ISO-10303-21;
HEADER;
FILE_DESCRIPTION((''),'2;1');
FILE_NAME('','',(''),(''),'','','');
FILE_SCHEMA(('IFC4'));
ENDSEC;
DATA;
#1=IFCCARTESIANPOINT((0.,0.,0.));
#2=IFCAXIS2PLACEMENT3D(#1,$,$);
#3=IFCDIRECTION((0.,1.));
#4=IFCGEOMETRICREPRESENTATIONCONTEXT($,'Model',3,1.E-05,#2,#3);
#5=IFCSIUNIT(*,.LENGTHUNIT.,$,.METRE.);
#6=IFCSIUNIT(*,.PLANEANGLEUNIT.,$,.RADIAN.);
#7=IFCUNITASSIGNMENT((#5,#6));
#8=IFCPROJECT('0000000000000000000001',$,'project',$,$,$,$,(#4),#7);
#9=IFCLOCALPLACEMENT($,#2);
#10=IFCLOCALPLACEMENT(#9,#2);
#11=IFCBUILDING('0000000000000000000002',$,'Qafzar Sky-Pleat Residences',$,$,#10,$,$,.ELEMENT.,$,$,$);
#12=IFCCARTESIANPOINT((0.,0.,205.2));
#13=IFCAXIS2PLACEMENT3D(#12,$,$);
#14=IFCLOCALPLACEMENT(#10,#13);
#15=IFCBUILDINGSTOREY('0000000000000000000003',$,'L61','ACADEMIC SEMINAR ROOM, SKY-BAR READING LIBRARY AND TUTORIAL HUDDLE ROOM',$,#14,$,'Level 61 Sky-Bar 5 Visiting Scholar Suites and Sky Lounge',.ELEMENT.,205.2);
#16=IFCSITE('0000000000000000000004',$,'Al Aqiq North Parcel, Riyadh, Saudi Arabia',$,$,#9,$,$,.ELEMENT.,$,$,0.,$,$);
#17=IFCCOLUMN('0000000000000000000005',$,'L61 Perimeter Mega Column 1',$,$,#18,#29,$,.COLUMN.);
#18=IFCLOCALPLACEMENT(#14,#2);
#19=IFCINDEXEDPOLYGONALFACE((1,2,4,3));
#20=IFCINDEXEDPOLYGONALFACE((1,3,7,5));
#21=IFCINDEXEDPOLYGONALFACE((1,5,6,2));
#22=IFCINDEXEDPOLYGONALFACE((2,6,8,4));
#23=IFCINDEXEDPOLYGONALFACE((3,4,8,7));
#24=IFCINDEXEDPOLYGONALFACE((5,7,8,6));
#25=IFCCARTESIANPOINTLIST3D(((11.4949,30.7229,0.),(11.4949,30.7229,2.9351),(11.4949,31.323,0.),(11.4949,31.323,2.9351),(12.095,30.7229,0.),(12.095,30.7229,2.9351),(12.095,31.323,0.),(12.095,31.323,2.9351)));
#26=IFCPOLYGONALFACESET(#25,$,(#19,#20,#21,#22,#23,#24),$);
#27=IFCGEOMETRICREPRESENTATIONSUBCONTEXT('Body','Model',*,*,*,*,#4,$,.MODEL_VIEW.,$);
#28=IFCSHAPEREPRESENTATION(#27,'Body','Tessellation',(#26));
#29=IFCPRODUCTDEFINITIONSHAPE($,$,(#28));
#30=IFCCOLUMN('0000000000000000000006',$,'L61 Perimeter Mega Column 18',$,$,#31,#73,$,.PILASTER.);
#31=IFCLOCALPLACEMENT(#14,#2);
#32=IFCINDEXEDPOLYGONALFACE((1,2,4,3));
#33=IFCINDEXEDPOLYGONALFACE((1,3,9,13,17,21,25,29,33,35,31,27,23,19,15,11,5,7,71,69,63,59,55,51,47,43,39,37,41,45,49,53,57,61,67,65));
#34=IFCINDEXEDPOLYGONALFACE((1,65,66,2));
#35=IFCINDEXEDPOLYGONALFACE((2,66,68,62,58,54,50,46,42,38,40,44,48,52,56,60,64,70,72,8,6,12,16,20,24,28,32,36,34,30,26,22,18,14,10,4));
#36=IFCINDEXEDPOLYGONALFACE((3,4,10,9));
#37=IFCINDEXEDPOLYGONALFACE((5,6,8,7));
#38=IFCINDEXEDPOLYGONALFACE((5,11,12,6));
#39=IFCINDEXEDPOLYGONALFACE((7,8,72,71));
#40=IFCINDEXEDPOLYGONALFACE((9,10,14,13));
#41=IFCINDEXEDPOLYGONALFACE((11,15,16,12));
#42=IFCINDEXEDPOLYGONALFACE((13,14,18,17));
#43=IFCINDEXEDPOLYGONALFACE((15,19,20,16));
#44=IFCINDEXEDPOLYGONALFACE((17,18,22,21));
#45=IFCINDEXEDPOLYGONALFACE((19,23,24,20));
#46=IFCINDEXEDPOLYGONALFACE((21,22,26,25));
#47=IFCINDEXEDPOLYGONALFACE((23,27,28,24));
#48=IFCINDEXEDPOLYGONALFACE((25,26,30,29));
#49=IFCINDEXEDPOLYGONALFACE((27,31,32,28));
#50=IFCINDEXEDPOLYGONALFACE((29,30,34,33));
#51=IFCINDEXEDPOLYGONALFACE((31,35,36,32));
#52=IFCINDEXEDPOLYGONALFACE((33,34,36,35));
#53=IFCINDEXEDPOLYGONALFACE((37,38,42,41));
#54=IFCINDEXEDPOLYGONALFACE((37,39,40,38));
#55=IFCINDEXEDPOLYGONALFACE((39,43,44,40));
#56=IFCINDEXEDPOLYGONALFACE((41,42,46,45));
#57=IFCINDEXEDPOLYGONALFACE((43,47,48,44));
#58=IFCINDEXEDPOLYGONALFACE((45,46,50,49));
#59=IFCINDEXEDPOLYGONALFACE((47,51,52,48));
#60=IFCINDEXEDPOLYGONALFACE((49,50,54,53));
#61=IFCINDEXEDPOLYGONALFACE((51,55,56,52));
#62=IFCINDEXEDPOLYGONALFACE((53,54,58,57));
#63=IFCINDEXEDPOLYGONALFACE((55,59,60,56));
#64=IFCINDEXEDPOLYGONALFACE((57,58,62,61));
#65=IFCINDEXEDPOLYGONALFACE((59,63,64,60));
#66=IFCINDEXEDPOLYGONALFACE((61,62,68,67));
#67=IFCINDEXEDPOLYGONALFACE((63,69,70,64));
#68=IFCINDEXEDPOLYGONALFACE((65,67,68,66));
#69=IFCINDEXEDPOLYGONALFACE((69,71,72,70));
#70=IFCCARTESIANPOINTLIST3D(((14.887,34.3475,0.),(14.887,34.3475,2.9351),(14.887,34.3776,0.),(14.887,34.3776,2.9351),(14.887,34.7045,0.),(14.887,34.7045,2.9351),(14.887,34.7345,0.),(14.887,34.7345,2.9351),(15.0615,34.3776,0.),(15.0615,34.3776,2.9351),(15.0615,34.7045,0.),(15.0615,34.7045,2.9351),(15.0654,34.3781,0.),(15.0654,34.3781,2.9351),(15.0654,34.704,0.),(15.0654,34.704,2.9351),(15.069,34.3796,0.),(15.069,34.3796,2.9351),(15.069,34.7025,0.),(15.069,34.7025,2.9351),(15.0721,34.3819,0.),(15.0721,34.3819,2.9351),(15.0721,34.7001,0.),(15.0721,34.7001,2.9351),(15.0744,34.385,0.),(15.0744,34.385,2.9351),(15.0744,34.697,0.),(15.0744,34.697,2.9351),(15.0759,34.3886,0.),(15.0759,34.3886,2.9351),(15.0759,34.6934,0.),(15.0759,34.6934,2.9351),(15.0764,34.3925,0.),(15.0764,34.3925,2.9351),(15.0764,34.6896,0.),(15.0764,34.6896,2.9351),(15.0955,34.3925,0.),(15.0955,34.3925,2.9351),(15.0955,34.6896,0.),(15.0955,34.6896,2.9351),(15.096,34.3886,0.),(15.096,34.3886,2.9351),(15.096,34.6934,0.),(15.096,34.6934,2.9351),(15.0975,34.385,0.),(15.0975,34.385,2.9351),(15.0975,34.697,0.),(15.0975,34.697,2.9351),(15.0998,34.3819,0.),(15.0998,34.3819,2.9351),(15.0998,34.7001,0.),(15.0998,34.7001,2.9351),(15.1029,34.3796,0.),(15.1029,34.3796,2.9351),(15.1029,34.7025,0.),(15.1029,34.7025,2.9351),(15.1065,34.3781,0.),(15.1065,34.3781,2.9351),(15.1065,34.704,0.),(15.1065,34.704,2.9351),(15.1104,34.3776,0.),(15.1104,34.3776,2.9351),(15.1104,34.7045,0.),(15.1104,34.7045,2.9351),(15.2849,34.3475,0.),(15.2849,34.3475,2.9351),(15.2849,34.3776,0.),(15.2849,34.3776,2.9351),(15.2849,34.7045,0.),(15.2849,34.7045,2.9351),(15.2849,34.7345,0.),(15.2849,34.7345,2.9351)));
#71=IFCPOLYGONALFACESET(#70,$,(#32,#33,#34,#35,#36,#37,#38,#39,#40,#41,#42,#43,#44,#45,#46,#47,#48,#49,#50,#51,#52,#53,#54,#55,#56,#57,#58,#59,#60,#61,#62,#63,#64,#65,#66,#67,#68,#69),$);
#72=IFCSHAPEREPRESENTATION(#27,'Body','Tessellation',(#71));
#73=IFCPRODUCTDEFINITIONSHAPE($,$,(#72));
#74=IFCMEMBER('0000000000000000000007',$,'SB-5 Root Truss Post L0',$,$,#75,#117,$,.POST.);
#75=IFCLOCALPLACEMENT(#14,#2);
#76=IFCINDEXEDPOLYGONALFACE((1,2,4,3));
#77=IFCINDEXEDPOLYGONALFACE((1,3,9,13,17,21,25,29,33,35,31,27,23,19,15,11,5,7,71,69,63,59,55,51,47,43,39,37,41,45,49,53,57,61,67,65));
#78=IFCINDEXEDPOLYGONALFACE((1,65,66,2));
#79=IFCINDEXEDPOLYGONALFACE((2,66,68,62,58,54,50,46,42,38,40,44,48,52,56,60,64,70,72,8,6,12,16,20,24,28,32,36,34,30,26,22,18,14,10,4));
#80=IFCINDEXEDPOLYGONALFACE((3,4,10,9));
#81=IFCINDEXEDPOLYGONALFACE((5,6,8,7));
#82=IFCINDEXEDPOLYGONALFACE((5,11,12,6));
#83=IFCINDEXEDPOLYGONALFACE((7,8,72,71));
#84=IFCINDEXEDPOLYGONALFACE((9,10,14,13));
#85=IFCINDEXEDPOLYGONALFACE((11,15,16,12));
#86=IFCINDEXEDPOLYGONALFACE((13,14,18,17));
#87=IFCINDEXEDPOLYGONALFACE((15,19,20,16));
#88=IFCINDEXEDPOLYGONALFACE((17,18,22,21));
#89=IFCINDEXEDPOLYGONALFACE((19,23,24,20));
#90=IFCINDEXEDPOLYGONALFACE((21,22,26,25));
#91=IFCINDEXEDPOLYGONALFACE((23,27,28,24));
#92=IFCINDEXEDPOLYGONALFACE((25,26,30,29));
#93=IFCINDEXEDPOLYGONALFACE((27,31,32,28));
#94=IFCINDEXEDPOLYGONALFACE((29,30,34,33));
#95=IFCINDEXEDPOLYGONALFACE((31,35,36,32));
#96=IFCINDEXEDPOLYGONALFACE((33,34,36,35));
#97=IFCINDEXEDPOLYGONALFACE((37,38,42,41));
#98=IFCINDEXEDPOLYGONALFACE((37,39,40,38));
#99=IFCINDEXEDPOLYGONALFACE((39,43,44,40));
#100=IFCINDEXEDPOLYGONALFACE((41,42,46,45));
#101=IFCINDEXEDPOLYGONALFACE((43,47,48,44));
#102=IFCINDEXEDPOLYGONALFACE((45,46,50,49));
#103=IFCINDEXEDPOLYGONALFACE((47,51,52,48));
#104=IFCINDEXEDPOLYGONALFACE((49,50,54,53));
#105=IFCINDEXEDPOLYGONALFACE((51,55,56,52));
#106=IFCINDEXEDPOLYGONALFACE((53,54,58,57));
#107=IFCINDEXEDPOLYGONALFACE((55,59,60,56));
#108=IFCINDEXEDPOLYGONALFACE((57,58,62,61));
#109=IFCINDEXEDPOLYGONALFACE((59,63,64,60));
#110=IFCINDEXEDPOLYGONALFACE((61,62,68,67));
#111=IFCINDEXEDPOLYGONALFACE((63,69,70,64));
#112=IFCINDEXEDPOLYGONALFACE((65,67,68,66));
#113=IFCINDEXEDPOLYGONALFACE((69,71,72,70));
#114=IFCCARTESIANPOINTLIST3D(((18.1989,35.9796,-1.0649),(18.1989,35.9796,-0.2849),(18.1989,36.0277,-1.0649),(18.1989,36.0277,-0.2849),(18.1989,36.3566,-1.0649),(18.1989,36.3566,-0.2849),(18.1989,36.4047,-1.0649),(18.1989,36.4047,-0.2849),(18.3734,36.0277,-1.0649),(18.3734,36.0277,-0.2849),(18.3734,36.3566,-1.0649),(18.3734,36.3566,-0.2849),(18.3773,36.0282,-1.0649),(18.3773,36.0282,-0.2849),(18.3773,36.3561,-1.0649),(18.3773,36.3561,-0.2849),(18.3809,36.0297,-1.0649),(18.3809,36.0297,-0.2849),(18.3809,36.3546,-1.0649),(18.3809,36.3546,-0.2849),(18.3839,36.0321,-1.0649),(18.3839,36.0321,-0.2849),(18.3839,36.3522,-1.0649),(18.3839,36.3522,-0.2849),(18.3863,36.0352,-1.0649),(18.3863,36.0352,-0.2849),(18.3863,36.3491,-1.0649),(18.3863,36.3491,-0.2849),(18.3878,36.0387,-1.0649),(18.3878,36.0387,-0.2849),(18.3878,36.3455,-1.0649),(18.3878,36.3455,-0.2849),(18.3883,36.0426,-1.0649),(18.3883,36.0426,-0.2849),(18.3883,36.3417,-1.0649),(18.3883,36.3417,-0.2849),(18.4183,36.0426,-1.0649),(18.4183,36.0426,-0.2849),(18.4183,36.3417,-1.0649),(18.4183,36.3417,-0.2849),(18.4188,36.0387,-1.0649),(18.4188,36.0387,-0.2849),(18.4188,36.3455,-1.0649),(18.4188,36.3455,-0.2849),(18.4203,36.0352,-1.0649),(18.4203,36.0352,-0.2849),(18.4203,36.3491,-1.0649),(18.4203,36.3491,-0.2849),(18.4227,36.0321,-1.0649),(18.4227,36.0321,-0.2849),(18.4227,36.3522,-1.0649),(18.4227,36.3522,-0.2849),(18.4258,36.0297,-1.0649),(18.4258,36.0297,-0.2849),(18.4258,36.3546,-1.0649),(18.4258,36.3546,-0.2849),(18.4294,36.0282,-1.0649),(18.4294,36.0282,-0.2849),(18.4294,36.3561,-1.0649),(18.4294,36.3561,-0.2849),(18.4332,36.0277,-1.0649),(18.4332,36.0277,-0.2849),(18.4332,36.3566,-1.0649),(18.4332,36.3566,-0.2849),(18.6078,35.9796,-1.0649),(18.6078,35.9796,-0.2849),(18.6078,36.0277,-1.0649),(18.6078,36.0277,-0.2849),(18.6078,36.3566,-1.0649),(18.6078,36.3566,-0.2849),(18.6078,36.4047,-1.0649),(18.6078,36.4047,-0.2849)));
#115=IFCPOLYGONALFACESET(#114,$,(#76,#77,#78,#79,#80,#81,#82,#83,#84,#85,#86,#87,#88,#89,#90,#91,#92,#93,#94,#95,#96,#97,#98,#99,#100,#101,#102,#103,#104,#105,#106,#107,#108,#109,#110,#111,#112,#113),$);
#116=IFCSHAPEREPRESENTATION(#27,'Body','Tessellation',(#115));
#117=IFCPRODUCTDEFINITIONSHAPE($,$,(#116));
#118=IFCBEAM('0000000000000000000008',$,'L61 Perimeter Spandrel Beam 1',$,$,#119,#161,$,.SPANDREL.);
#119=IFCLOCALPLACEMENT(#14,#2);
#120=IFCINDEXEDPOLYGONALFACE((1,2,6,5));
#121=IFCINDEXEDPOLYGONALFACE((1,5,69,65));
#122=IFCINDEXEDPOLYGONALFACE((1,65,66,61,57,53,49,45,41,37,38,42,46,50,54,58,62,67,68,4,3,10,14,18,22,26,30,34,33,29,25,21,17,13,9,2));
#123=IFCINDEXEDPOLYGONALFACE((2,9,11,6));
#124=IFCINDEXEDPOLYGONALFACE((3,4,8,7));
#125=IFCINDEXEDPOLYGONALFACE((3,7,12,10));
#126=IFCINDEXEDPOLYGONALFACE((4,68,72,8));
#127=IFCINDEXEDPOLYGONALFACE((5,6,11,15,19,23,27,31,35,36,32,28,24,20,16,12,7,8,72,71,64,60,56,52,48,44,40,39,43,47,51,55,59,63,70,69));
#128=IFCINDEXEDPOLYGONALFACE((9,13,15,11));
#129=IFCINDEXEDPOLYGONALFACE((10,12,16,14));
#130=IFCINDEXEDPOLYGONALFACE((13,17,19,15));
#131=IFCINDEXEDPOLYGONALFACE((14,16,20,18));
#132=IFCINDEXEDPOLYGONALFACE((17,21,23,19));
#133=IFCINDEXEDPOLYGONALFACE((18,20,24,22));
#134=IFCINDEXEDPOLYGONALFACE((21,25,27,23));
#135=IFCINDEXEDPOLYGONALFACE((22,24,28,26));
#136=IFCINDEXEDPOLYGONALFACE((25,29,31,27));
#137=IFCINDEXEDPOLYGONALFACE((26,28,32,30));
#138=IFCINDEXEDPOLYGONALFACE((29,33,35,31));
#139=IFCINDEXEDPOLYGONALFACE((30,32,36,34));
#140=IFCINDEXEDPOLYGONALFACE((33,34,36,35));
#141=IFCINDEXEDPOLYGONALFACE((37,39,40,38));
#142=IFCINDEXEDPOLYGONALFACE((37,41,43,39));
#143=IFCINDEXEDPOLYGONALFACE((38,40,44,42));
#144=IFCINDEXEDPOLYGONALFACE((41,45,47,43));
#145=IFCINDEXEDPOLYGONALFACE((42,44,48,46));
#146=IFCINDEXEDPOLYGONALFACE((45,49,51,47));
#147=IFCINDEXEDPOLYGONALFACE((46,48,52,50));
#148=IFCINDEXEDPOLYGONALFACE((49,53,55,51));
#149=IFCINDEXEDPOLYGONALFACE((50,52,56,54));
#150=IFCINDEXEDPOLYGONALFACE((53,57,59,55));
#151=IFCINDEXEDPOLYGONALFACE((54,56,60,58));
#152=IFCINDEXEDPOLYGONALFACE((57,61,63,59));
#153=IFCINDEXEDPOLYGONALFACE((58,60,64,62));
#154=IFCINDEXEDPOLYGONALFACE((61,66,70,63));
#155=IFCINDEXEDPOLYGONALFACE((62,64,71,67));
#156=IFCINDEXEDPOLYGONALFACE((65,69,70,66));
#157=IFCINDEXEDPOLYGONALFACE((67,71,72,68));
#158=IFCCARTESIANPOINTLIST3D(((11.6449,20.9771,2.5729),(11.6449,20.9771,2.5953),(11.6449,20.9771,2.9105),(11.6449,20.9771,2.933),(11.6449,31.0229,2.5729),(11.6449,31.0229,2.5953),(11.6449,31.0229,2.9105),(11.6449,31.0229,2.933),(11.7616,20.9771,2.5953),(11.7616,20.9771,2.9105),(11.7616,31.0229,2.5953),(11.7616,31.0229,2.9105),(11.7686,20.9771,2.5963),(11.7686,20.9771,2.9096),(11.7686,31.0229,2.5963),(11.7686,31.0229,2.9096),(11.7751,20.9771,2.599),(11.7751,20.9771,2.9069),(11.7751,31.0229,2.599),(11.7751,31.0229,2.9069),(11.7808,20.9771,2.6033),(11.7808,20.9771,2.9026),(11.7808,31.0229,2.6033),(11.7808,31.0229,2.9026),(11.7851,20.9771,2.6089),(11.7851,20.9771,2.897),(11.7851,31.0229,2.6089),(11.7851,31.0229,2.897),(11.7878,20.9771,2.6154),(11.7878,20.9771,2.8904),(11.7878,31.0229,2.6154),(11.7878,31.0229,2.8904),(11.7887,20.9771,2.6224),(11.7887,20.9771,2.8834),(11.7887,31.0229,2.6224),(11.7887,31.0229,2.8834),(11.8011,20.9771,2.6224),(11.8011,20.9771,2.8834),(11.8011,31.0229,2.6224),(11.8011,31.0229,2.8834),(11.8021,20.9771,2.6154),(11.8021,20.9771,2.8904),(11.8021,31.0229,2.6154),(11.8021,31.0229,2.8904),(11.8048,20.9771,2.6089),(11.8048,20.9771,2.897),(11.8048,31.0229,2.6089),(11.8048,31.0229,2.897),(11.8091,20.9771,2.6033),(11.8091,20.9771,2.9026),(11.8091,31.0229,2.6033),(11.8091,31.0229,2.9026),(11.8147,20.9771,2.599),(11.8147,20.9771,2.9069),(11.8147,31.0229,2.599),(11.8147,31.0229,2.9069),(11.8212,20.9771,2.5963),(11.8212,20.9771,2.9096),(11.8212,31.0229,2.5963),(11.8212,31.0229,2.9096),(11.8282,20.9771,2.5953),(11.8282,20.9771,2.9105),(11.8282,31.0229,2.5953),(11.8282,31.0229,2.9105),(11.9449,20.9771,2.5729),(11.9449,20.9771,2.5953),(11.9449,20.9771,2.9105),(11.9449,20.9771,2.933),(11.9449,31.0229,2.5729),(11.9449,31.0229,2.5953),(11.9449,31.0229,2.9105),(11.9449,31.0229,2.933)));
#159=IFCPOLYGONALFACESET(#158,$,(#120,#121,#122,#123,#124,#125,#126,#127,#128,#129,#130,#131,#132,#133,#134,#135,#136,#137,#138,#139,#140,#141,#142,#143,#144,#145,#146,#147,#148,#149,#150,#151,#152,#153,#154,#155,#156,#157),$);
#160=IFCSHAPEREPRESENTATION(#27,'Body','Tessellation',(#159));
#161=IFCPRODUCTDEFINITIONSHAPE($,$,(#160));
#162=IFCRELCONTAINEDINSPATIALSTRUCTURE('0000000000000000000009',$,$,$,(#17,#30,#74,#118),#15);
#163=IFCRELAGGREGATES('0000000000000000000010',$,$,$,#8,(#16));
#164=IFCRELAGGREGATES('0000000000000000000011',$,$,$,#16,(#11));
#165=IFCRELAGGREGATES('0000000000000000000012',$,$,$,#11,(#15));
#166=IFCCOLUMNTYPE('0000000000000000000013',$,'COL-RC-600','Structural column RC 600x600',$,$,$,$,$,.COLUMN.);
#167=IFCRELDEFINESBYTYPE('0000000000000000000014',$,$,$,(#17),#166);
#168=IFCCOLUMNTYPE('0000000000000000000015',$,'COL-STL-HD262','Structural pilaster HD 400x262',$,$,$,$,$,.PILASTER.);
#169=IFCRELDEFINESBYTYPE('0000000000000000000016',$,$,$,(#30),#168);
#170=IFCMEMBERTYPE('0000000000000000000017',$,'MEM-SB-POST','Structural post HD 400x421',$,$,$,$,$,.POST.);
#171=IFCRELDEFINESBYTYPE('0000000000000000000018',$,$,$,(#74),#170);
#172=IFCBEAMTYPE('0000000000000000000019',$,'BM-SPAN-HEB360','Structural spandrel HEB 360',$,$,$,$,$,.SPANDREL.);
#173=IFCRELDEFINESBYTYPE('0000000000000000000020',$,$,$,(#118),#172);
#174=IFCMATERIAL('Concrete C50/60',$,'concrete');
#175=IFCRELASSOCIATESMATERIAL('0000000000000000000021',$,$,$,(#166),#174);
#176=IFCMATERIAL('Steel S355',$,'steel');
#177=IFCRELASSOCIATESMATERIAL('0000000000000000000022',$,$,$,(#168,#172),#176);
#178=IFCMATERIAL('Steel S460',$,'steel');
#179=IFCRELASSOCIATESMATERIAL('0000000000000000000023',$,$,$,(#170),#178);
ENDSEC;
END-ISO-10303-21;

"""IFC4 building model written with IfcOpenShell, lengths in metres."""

from ifc_helpers import new_model, si_unit, direction, frame, origin, origin_2d, place, context, subcontext, project, spatial, rectangle, i_section, extrude, source, transform, mapped, material, material_profile, profile_set, type_object, element, save


model = new_model("IFC4")

# Units and contexts
model_context = context("Model", 3, precision=1e-05, world=origin(), true_north=direction((0.0, 1.0)))
body_context = subcontext(model_context, "Body", "Model", "MODEL_VIEW")
ifc_project = project(units=[si_unit("LENGTHUNIT", "METRE"), si_unit("PLANEANGLEUNIT", "RADIAN")], contexts=[model_context])

# Site, building, storey
site_placement = place(None, origin())
site = spatial("IfcSite", under=ifc_project, at=site_placement, Name="Al Aqiq North Parcel, Riyadh, Saudi Arabia", CompositionType="ELEMENT", RefElevation=0.0)
building_placement = place(site_placement, origin())
building = spatial("IfcBuilding", under=site, at=building_placement, Name="Qafzar Sky-Pleat Residences", CompositionType="ELEMENT")
storey_placement = place(building_placement, frame((0.0, 0.0, 205.2)))
storey = spatial("IfcBuildingStorey", under=building, at=storey_placement, Name="L61", Description="ACADEMIC SEMINAR ROOM, SKY-BAR READING LIBRARY AND TUTORIAL HUDDLE ROOM", LongName="Level 61 Sky-Bar 5 Visiting Scholar Suites and Sky Lounge", CompositionType="ELEMENT", Elevation=205.2)

# Columns
ifc_material_1 = material(Name="Concrete C50/60", Category="concrete")
ifc_material_profile_1 = material_profile(ifc_material_1, rectangle(XDim=0.6001, YDim=0.6001, at=origin_2d()), Name="RC 600x600")
ifc_profile_set_1 = profile_set([ifc_material_profile_1], Name="Concrete C50/60")
column_type_1 = type_object("IfcColumnType", Name="COL-RC-600", Description="Structural column RC 600x600", PredefinedType="COLUMN", material=ifc_profile_set_1)
shared_shape_1 = source(origin(), body_context, "Body", "SweptSolid", [
    extrude(rectangle(XDim=0.6001, YDim=0.6001, at=origin_2d()), origin(), (0.0, 0.0, 1.0), 2.9351),
])
column_1_placement = place(storey_placement, frame((11.7949, 31.0229, 0.0), z_axis=(0.0, 0.0, 1.0), x_axis=(1.0, 0.0, 0.0)))
element("IfcColumn", 1, at=column_1_placement, inside=storey, type_object=column_type_1, Name="L61 Perimeter Mega Column 1", PredefinedType="COLUMN", context=body_context, shape_type="MappedRepresentation", body=[
    mapped(shared_shape_1, transform((0.0, 0.0, 0.0), x_axis=(1.0, 0.0, 0.0), y_axis=(0.0, 1.0, 0.0), z_axis=(0.0, 0.0, 1.0), scale=1.0)),
])
ifc_material_2 = material(Name="Steel S355", Category="steel")
ifc_material_profile_2 = material_profile(ifc_material_2, i_section(OverallWidth=0.3979, OverallDepth=0.387, WebThickness=0.019, FlangeThickness=0.03, FilletRadius=0.0149, at=origin_2d()), Name="HD 400x262")
ifc_profile_set_2 = profile_set([ifc_material_profile_2], Name="Steel S355")
column_type_2 = type_object("IfcColumnType", Name="COL-STL-HD262", Description="Structural pilaster HD 400x262", PredefinedType="PILASTER", material=ifc_profile_set_2)
shared_shape_2 = source(origin(), body_context, "Body", "SweptSolid", [
    extrude(i_section(OverallWidth=0.3979, OverallDepth=0.387, WebThickness=0.019, FlangeThickness=0.03, FilletRadius=0.0149, at=origin_2d()), origin(), (0.0, 0.0, 1.0), 2.9351),
])
column_2_placement = place(storey_placement, frame((15.0859, 34.541, 0.0), z_axis=(0.0, 0.0, 1.0), x_axis=(1.0, 0.0, 0.0)))
element("IfcColumn", 2, at=column_2_placement, inside=storey, type_object=column_type_2, Name="L61 Perimeter Mega Column 18", PredefinedType="PILASTER", context=body_context, shape_type="MappedRepresentation", body=[
    mapped(shared_shape_2, transform((0.0, 0.0, 0.0), x_axis=(1.0, 0.0, 0.0), y_axis=(0.0, 1.0, 0.0), z_axis=(0.0, 0.0, 1.0), scale=1.0)),
])

# Member
ifc_material_3 = material(Name="Steel S460", Category="steel")
ifc_material_profile_3 = material_profile(ifc_material_3, i_section(OverallWidth=0.4089, OverallDepth=0.425, WebThickness=0.03, FlangeThickness=0.0481, FilletRadius=0.0149, at=origin_2d()), Name="HD 400x421")
ifc_profile_set_3 = profile_set([ifc_material_profile_3], Name="Steel S460")
member_type_1 = type_object("IfcMemberType", Name="MEM-SB-POST", Description="Structural post HD 400x421", PredefinedType="POST", material=ifc_profile_set_3)
shared_shape_3 = source(origin(), body_context, "Body", "SweptSolid", [
    extrude(i_section(OverallWidth=0.4089, OverallDepth=0.425, WebThickness=0.03, FlangeThickness=0.0481, FilletRadius=0.0149, at=origin_2d()), origin(), (0.0, 0.0, 1.0), 0.78),
])
member_1_placement = place(storey_placement, frame((18.4033, 36.1921, -1.0649), z_axis=(0.0, 0.0, 1.0), x_axis=(1.0, 0.0, 0.0)))
element("IfcMember", 3, at=member_1_placement, inside=storey, type_object=member_type_1, Name="SB-5 Root Truss Post L0", PredefinedType="POST", context=body_context, shape_type="MappedRepresentation", body=[
    mapped(shared_shape_3, transform((0.0, 0.0, 0.0), x_axis=(1.0, 0.0, 0.0), y_axis=(0.0, 1.0, 0.0), z_axis=(0.0, 0.0, 1.0), scale=1.0)),
])

# Beam
ifc_material_profile_4 = material_profile(ifc_material_2, i_section(OverallWidth=0.3, OverallDepth=0.3601, WebThickness=0.0125, FlangeThickness=0.0225, FilletRadius=0.0271, at=origin_2d()), Name="HEB 360")
ifc_profile_set_4 = profile_set([ifc_material_profile_4], Name="Steel S355")
beam_type_1 = type_object("IfcBeamType", Name="BM-SPAN-HEB360", Description="Structural spandrel HEB 360", PredefinedType="SPANDREL", material=ifc_profile_set_4)
shared_shape_4 = source(origin(), body_context, "Body", "SweptSolid", [
    extrude(i_section(OverallWidth=0.3, OverallDepth=0.3601, WebThickness=0.0125, FlangeThickness=0.0225, FilletRadius=0.0271, at=origin_2d()), origin(), (0.0, 0.0, 1.0), 10.0459),
])
beam_1_placement = place(storey_placement, frame((11.7949, 31.0229, 2.7529), z_axis=(0.0, -1.0, 0.0), x_axis=(1.0, 0.0, 0.0)))
element("IfcBeam", 4, at=beam_1_placement, inside=storey, type_object=beam_type_1, Name="L61 Perimeter Spandrel Beam 1", PredefinedType="SPANDREL", context=body_context, shape_type="MappedRepresentation", body=[
    mapped(shared_shape_4, transform((0.0, 0.0, 0.0), x_axis=(1.0, 0.0, 0.0), y_axis=(0.0, 1.0, 0.0), z_axis=(0.0, 0.0, 1.0), scale=1.0)),
])

save(model, "model.ifc")
